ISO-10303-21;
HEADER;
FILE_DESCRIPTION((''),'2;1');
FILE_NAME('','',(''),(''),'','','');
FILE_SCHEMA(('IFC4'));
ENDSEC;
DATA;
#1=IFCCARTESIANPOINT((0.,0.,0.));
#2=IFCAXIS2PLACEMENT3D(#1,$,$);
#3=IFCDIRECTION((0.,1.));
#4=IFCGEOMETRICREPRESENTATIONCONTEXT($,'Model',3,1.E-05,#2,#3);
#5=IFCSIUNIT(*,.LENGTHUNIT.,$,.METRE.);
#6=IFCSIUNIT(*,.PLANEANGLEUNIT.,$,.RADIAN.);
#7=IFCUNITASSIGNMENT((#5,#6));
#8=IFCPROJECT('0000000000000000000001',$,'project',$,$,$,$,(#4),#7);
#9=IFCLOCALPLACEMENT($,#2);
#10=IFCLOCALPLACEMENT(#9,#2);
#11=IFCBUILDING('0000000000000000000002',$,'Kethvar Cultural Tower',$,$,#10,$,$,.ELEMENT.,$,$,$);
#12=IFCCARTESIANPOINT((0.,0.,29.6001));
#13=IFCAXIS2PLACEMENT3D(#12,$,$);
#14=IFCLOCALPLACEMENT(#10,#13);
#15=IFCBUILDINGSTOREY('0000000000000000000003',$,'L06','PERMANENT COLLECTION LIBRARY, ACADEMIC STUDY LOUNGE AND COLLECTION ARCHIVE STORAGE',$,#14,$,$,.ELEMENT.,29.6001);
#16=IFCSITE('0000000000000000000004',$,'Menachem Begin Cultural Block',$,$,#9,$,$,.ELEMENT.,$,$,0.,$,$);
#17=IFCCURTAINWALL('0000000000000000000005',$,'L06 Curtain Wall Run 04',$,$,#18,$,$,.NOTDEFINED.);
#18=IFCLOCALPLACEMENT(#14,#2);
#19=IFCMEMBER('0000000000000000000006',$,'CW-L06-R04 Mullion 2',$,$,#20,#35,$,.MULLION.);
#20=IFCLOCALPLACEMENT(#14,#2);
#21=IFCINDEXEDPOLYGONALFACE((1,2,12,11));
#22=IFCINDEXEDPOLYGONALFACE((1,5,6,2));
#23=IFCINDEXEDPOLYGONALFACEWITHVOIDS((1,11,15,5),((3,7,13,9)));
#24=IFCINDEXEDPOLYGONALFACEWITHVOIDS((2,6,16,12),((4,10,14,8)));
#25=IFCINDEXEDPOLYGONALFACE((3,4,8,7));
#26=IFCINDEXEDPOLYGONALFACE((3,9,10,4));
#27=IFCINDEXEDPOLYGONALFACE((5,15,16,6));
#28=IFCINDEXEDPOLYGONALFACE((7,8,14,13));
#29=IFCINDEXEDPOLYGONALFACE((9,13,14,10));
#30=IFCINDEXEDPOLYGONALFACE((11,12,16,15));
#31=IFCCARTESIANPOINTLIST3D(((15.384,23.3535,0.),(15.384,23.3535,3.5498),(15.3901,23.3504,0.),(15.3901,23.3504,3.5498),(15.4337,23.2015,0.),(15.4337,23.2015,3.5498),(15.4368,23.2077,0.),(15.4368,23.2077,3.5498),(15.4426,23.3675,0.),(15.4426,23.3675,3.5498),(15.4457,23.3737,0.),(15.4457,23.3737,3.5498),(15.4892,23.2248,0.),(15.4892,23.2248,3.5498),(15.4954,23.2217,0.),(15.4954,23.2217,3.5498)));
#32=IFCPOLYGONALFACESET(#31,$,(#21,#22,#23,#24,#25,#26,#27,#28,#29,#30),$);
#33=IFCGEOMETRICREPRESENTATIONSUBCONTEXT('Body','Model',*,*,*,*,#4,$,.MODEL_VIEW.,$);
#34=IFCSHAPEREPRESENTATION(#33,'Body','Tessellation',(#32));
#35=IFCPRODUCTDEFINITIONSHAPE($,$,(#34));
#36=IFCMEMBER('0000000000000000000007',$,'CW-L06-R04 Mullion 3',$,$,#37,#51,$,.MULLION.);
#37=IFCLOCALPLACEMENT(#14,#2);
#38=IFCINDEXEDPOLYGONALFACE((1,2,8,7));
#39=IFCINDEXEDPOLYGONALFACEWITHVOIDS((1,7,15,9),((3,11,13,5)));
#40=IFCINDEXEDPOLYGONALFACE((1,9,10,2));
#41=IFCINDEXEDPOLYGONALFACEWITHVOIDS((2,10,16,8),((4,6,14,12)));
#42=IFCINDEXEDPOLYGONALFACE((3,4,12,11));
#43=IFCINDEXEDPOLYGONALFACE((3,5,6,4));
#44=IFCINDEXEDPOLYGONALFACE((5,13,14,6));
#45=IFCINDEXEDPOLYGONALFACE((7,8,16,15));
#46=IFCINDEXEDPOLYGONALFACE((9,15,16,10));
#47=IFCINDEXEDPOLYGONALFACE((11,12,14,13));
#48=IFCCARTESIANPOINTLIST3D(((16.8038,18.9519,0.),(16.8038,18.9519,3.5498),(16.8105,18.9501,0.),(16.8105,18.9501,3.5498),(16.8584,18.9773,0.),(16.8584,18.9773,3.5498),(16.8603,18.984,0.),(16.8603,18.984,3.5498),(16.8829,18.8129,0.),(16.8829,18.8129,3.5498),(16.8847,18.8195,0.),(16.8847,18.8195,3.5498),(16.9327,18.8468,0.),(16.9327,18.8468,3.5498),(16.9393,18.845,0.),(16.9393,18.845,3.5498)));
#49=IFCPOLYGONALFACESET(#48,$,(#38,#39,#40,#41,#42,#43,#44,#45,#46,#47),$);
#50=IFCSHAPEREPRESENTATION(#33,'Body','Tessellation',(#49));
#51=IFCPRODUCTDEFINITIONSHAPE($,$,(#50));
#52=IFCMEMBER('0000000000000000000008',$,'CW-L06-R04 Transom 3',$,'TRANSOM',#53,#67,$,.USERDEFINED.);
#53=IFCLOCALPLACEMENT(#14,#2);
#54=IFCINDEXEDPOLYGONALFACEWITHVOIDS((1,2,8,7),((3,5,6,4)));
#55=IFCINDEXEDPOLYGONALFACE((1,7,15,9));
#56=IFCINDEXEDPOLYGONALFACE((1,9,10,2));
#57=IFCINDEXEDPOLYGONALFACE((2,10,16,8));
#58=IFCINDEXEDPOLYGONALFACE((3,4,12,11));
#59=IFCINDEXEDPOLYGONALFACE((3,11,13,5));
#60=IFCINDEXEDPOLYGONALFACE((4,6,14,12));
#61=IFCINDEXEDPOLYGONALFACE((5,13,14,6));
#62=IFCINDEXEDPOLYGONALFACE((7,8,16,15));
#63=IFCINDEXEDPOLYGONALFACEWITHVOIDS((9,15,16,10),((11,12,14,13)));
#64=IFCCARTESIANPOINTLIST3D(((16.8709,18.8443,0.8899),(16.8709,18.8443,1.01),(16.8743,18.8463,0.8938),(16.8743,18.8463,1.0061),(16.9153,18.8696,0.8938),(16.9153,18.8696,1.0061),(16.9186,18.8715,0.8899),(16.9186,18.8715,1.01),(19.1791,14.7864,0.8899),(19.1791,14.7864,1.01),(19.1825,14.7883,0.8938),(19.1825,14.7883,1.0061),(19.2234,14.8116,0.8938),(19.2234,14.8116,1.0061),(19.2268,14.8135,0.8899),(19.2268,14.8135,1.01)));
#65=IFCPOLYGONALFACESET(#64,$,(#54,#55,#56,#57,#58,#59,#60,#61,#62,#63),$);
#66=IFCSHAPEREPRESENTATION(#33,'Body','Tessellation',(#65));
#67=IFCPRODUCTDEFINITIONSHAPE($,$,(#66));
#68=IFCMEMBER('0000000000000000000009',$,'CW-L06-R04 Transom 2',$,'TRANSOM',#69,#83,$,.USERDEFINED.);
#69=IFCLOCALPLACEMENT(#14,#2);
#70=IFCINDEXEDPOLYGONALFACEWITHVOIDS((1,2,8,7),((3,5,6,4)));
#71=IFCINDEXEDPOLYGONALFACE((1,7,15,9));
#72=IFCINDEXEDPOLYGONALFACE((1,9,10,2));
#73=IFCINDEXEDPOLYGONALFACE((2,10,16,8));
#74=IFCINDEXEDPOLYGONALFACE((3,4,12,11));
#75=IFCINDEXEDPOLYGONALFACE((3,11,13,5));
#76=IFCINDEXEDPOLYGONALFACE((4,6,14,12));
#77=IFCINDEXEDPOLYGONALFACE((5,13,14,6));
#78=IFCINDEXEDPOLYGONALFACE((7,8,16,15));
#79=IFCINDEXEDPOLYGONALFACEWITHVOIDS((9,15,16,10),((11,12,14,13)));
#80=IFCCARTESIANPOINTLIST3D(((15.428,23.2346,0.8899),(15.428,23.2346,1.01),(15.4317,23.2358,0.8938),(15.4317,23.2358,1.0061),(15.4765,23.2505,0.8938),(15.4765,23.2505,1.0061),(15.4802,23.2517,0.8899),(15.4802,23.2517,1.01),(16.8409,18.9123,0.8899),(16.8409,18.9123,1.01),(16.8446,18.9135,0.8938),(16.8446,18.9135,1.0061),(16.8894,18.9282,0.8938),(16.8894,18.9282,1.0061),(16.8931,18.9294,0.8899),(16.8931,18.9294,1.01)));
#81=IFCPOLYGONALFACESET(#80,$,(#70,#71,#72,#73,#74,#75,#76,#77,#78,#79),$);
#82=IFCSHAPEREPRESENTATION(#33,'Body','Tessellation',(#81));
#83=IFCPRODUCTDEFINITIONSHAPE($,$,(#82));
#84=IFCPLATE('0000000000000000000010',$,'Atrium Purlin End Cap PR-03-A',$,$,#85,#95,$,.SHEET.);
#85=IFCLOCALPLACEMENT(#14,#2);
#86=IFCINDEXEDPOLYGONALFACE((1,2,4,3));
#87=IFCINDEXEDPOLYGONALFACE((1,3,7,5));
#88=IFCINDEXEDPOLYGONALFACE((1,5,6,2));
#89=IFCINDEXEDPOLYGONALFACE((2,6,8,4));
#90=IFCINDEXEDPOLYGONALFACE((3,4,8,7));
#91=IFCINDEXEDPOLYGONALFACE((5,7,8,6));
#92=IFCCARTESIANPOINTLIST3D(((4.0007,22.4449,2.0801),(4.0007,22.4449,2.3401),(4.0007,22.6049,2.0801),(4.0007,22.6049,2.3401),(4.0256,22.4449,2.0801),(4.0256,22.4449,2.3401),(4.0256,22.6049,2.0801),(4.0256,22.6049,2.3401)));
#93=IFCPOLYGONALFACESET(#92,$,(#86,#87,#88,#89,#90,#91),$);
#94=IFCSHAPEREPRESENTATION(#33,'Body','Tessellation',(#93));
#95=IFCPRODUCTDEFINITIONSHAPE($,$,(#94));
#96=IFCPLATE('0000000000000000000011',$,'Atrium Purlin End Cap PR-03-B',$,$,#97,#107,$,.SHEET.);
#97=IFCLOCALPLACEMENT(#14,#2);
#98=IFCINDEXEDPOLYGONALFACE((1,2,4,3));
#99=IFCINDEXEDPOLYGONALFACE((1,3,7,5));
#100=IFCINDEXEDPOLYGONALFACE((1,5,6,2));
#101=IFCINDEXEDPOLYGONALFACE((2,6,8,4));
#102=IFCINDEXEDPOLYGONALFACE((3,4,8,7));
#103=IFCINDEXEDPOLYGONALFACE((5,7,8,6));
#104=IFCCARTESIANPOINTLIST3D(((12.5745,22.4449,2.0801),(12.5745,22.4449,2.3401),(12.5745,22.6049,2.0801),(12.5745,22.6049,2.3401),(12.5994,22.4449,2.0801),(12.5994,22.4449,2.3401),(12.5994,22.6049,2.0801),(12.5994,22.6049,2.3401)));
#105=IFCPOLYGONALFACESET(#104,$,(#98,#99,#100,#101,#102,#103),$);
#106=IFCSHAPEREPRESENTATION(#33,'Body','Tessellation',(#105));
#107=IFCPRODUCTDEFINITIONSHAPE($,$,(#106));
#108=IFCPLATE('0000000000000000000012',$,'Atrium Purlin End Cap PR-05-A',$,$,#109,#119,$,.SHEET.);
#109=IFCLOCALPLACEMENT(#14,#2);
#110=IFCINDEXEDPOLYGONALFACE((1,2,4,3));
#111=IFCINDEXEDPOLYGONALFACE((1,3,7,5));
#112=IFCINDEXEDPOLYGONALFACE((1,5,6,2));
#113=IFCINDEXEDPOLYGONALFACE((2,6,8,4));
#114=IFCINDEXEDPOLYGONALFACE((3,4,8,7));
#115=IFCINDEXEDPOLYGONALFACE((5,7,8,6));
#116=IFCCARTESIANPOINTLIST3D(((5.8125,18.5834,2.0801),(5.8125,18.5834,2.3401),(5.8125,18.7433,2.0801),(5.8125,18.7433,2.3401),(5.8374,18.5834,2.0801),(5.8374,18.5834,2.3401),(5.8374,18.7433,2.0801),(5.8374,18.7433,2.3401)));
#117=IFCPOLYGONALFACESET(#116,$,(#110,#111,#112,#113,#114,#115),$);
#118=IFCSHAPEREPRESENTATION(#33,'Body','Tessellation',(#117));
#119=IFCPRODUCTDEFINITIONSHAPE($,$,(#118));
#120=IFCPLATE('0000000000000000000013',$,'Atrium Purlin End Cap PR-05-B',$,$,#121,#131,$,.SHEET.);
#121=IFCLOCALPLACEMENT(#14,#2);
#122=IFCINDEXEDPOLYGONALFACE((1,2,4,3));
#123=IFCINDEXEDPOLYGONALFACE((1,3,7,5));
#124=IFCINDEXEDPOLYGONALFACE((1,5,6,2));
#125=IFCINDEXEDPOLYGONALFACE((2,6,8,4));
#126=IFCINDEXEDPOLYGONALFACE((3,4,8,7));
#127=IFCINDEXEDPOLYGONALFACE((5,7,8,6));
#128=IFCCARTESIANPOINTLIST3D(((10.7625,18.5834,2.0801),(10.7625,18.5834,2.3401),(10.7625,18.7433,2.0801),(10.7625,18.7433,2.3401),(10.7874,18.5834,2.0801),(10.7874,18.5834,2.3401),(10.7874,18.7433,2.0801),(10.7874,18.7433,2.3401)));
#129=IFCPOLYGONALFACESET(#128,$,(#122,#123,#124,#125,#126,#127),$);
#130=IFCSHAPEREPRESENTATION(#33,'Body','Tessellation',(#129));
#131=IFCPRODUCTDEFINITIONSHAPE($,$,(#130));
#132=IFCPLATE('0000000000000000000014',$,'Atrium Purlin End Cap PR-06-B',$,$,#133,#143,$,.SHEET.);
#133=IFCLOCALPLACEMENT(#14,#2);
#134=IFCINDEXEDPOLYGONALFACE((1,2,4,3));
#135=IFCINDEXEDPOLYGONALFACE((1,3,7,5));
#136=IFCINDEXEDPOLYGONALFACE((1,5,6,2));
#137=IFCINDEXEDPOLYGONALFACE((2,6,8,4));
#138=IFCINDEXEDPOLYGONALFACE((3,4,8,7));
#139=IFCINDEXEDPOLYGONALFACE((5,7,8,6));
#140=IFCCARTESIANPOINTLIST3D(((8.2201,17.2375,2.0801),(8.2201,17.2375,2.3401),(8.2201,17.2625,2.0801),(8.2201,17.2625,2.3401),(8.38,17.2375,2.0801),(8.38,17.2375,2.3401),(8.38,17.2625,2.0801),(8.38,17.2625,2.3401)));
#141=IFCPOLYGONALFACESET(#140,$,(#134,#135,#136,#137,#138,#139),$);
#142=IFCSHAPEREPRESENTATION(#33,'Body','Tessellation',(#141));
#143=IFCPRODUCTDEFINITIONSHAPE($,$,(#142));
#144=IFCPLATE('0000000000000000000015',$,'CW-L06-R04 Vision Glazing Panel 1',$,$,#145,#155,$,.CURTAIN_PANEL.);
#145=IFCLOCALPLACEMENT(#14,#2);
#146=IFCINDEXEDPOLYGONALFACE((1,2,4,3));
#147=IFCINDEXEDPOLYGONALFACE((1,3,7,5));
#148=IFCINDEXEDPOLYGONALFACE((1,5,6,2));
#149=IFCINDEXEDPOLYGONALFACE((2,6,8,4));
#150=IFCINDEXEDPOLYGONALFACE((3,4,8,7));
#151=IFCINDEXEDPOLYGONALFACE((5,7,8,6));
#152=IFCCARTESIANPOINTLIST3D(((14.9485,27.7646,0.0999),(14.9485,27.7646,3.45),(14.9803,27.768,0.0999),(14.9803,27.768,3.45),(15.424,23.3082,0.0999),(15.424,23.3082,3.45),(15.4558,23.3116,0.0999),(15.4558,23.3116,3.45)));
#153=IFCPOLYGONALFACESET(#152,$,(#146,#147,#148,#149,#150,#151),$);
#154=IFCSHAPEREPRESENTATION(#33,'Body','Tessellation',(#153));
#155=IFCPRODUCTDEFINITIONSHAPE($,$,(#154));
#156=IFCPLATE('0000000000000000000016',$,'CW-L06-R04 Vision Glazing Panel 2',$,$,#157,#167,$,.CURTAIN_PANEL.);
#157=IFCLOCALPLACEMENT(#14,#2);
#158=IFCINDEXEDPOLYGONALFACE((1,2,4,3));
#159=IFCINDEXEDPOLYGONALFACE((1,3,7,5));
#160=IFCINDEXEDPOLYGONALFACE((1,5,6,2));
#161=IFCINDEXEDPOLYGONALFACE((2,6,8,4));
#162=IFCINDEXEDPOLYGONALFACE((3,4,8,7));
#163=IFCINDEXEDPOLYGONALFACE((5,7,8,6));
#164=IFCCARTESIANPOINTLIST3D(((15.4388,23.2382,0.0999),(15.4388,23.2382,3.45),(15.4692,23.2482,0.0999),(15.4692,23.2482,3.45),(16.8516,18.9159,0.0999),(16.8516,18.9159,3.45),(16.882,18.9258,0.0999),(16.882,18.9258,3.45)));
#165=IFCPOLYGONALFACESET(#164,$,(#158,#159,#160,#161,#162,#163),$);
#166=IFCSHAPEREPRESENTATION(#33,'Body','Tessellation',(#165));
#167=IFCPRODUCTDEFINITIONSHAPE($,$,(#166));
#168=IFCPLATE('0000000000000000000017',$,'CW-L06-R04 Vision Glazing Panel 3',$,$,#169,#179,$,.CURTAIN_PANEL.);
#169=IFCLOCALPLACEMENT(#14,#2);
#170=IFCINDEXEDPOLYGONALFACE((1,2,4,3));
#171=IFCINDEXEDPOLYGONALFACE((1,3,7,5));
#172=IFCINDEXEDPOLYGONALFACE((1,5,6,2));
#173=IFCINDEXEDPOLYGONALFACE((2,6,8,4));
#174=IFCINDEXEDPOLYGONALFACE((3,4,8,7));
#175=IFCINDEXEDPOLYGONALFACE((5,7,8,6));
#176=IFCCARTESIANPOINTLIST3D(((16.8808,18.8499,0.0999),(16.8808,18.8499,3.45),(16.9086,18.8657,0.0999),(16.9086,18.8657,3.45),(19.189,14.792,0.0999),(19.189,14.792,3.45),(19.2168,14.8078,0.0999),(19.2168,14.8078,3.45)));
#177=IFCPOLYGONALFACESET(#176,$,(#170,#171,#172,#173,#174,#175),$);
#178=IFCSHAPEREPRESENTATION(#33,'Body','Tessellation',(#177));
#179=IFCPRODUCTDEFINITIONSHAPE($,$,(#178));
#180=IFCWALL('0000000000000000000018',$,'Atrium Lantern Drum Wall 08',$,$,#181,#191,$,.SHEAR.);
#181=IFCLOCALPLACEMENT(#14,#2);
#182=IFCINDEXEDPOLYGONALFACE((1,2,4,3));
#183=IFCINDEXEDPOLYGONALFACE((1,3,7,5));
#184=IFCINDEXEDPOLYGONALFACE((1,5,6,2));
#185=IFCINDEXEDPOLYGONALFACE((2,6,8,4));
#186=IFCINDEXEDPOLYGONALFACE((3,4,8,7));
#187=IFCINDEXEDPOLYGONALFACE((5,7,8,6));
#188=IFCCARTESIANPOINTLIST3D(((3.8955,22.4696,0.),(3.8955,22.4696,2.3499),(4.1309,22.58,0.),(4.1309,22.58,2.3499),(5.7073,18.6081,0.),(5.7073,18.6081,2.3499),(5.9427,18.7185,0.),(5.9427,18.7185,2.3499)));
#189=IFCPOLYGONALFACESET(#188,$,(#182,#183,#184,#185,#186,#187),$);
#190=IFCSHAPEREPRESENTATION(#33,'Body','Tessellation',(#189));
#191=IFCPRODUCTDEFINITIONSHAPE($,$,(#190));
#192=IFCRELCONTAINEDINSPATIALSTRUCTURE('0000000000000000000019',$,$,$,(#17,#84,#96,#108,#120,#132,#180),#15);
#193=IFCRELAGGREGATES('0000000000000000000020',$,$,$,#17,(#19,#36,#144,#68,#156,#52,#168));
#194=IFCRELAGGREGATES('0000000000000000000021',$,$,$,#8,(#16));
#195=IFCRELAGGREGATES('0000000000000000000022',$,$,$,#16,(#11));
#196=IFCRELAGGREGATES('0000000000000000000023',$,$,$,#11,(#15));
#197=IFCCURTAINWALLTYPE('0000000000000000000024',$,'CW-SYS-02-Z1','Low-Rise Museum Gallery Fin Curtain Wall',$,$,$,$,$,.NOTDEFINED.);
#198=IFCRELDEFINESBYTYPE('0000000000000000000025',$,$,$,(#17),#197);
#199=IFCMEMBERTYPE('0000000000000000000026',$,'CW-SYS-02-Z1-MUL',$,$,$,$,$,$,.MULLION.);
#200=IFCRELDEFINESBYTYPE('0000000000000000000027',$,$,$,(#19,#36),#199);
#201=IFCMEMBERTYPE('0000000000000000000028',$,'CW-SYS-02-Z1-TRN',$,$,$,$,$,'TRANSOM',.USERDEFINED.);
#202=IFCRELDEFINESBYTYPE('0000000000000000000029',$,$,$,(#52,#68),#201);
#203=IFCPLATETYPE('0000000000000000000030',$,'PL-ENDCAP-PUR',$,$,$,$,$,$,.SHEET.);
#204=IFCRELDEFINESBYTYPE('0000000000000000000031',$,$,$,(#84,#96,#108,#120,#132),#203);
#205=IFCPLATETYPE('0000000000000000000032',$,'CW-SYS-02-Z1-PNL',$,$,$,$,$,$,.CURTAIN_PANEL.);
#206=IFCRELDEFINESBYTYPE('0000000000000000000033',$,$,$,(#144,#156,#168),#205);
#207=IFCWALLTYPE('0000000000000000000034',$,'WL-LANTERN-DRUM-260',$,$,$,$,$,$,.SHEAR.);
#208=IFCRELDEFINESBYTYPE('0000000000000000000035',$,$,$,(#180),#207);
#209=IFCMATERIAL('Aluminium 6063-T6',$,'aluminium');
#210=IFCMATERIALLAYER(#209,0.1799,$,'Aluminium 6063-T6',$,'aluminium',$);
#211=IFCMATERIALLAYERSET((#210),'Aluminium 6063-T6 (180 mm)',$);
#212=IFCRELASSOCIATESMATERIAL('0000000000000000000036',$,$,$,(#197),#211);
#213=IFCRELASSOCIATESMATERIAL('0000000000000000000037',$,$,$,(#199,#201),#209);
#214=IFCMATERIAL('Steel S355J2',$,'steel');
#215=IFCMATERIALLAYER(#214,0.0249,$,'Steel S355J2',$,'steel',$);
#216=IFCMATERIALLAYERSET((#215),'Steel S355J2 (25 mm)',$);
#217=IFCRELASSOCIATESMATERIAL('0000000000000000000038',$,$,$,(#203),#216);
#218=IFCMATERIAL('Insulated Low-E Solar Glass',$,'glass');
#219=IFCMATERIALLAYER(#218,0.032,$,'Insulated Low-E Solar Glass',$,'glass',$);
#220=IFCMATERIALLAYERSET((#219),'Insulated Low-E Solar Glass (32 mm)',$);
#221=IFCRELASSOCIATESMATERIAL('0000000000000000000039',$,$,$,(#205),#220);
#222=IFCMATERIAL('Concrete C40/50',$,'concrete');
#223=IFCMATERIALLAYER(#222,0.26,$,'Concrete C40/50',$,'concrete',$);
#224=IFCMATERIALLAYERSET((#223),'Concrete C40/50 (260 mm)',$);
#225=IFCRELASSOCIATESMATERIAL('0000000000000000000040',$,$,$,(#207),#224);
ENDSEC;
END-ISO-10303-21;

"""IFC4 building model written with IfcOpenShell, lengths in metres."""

from ifc_helpers import new_model, si_unit, direction, frame, frame_2d, origin, origin_2d, place, context, subcontext, project, spatial, rectangle, hollow_rectangle, extrude, source, transform, mapped, material, layer, layer_set, material_profile, profile_set, type_object, element, aggregate, save


model = new_model("IFC4")

# Units and contexts
model_context = context("Model", 3, precision=1e-05, world=origin(), true_north=direction((0.0, 1.0)))
body_context = subcontext(model_context, "Body", "Model", "MODEL_VIEW")
ifc_project = project(units=[si_unit("LENGTHUNIT", "METRE"), si_unit("PLANEANGLEUNIT", "RADIAN")], contexts=[model_context])

# Site, building, storey
site_placement = place(None, origin())
site = spatial("IfcSite", under=ifc_project, at=site_placement, Name="Menachem Begin Cultural Block", CompositionType="ELEMENT", RefElevation=0.0)
building_placement = place(site_placement, origin())
building = spatial("IfcBuilding", under=site, at=building_placement, Name="Kethvar Cultural Tower", CompositionType="ELEMENT")
storey_placement = place(building_placement, frame((0.0, 0.0, 29.6001)))
storey = spatial("IfcBuildingStorey", under=building, at=storey_placement, Name="L06", Description="PERMANENT COLLECTION LIBRARY, ACADEMIC STUDY LOUNGE AND COLLECTION ARCHIVE STORAGE", CompositionType="ELEMENT", Elevation=29.6001)

# Shared definitions
ifc_material_1 = material(Name="Steel S355J2", Category="steel")

# Curtain wall, members
ifc_material_2 = material(Name="Aluminium 6063-T6", Category="aluminium")
ifc_layer_1 = layer(ifc_material_2, 0.1799, Name="Aluminium 6063-T6", Category="aluminium")
ifc_layer_set_1 = layer_set([ifc_layer_1], Name="Aluminium 6063-T6 (180 mm)")
curtain_wall_type = type_object("IfcCurtainWallType", Name="CW-SYS-02-Z1", Description="Low-Rise Museum Gallery Fin Curtain Wall", PredefinedType="NOTDEFINED", material=ifc_layer_set_1)
curtain_wall_placement = place(storey_placement, origin())
curtain_wall = element("IfcCurtainWall", 1, at=curtain_wall_placement, inside=storey, type_object=curtain_wall_type, Name="L06 Curtain Wall Run 04", PredefinedType="NOTDEFINED")
ifc_material_profile_1 = material_profile(ifc_material_2, hollow_rectangle(XDim=0.0649, YDim=0.1599, WallThickness=0.0049, at=origin_2d()), Name="Aluminium 6063-T6 — RHS160x65x5")
ifc_profile_set_1 = profile_set([ifc_material_profile_1], Name="Aluminium 6063-T6 — RHS160x65x5")
member_type_1 = type_object("IfcMemberType", Name="CW-SYS-02-Z1-MUL", PredefinedType="MULLION", material=ifc_profile_set_1)
shared_shape_1 = source(origin(), body_context, "Body", "SweptSolid", [
    extrude(hollow_rectangle(XDim=0.0649, YDim=0.1599, WallThickness=0.0049, at=origin_2d()), origin(), (0.0, 0.0, 1.0), 3.5498),
])
member_1_placement = place(storey_placement, frame((15.4397, 23.2876, 0.0), z_axis=(0.0, 0.0, 1.0), x_axis=(0.95051, 0.310693, 0.0)))
member_1 = element("IfcMember", 2, at=member_1_placement, type_object=member_type_1, Name="CW-L06-R04 Mullion 2", PredefinedType="MULLION", context=body_context, shape_type="MappedRepresentation", body=[
    mapped(shared_shape_1, transform((0.0, 0.0, 0.0), scale=1.0)),
])
member_2_placement = place(storey_placement, frame((16.8716, 18.8984, 0.0), z_axis=(0.0, 0.0, 1.0), x_axis=(0.869219, 0.494427, 0.0)))
member_2 = element("IfcMember", 3, at=member_2_placement, type_object=member_type_1, Name="CW-L06-R04 Mullion 3", PredefinedType="MULLION", context=body_context, shape_type="MappedRepresentation", body=[
    mapped(shared_shape_1, transform((0.0, 0.0, 0.0), scale=1.0)),
])
ifc_material_profile_2 = material_profile(ifc_material_2, hollow_rectangle(XDim=0.0549, YDim=0.1201, WallThickness=0.0039, at=origin_2d()), Name="Aluminium 6063-T6 — RHS120x55x4")
ifc_profile_set_2 = profile_set([ifc_material_profile_2], Name="Aluminium 6063-T6 — RHS120x55x4")
member_type_2 = type_object("IfcMemberType", Name="CW-SYS-02-Z1-TRN", ElementType="TRANSOM", PredefinedType="USERDEFINED", material=ifc_profile_set_2)
shared_shape_2 = source(origin(), body_context, "Body", "SweptSolid", [
    extrude(hollow_rectangle(XDim=0.0549, YDim=0.1201, WallThickness=0.0039, at=origin_2d()), origin(), (0.0, 0.0, 1.0), 4.6685),
])
member_3_placement = place(storey_placement, frame((16.8948, 18.8579, 0.95), z_axis=(0.494415, -0.869226, 0.0), x_axis=(0.869226, 0.494415, 0.0)))
member_3 = element("IfcMember", 4, at=member_3_placement, type_object=member_type_2, Name="CW-L06-R04 Transom 3", ObjectType="TRANSOM", PredefinedType="USERDEFINED", context=body_context, shape_type="MappedRepresentation", body=[
    mapped(shared_shape_2, transform((0.0, 0.0, 0.0), scale=1.0)),
])
shared_shape_3 = source(origin(), body_context, "Body", "SweptSolid", [
    extrude(hollow_rectangle(XDim=0.0549, YDim=0.1201, WallThickness=0.0039, at=origin_2d()), origin(), (0.0, 0.0, 1.0), 4.5474),
])
member_4_placement = place(storey_placement, frame((15.4541, 23.2432, 0.95), z_axis=(0.310698, -0.950509, 0.0), x_axis=(0.950509, 0.310698, 0.0)))
member_4 = element("IfcMember", 5, at=member_4_placement, type_object=member_type_2, Name="CW-L06-R04 Transom 2", ObjectType="TRANSOM", PredefinedType="USERDEFINED", context=body_context, shape_type="MappedRepresentation", body=[
    mapped(shared_shape_3, transform((0.0, 0.0, 0.0), scale=1.0)),
])

# Plates
ifc_layer_2 = layer(ifc_material_1, 0.0249, Name="Steel S355J2", Category="steel")
ifc_layer_set_2 = layer_set([ifc_layer_2], Name="Steel S355J2 (25 mm)")
plate_type_1 = type_object("IfcPlateType", Name="PL-ENDCAP-PUR", PredefinedType="SHEET", material=ifc_layer_set_2)
shared_shape_4 = source(origin(), body_context, "Body", "SweptSolid", [
    extrude(rectangle(XDim=0.0249, YDim=0.1599, at=origin_2d()), origin(), (0.0, 0.0, 1.0), 0.26),
])
for number, where, z_axis, x_axis, name in (
    (6, (4.0132, 22.5249, 2.0801), (0.0, 0.0, 1.0), (1.0, 0.0, 0.0), "Atrium Purlin End Cap PR-03-A"),
    (7, (12.5869, 22.5249, 2.0801), (0.0, 0.0, 1.0), (1.0, 0.0, 0.0), "Atrium Purlin End Cap PR-03-B"),
    (8, (5.825, 18.6633, 2.0801), (0.0, 0.0, 1.0), (1.0, 0.0, 0.0), "Atrium Purlin End Cap PR-05-A"),
    (9, (10.7749, 18.6633, 2.0801), (0.0, 0.0, 1.0), (1.0, 0.0, 0.0), "Atrium Purlin End Cap PR-05-B"),
    (10, (8.3, 17.25, 2.0801), (0.0, 0.0, 1.0), (0.0, -1.0, 0.0), "Atrium Purlin End Cap PR-06-B"),
):
    element("IfcPlate", number, at=place(storey_placement, frame(where, z_axis=z_axis, x_axis=x_axis)), inside=storey, type_object=plate_type_1, Name=name, PredefinedType="SHEET", context=body_context, shape_type="MappedRepresentation", body=[
        mapped(shared_shape_4, transform((0.0, 0.0, 0.0), scale=1.0)),
    ])

# Plates
ifc_material_3 = material(Name="Insulated Low-E Solar Glass", Category="glass")
ifc_layer_3 = layer(ifc_material_3, 0.032, Name="Insulated Low-E Solar Glass", Category="glass")
ifc_layer_set_3 = layer_set([ifc_layer_3], Name="Insulated Low-E Solar Glass (32 mm)")
plate_type_2 = type_object("IfcPlateType", Name="CW-SYS-02-Z1-PNL", PredefinedType="CURTAIN_PANEL", material=ifc_layer_set_3)
shared_shape_5 = source(origin(), body_context, "Body", "SweptSolid", [
    extrude(rectangle(XDim=4.4817, YDim=0.032, at=origin_2d()), origin(), (0.0, 0.0, 1.0), 3.3501),
])
plate_1_placement = place(storey_placement, frame((15.2021, 25.5381, 0.0999), z_axis=(0.0, 0.0, 1.0), x_axis=(0.106108, -0.994355, 0.0)))
plate_1 = element("IfcPlate", 11, at=plate_1_placement, type_object=plate_type_2, Name="CW-L06-R04 Vision Glazing Panel 1", PredefinedType="CURTAIN_PANEL", context=body_context, shape_type="MappedRepresentation", body=[
    mapped(shared_shape_5, transform((0.0, 0.0, 0.0), scale=1.0)),
])
shared_shape_6 = source(origin(), body_context, "Body", "SweptSolid", [
    extrude(rectangle(XDim=4.5474, YDim=0.032, at=origin_2d()), origin(), (0.0, 0.0, 1.0), 3.3501),
])
plate_2_placement = place(storey_placement, frame((16.1604, 21.082, 0.0999), z_axis=(0.0, 0.0, 1.0), x_axis=(0.310693, -0.95051, 0.0)))
plate_2 = element("IfcPlate", 12, at=plate_2_placement, type_object=plate_type_2, Name="CW-L06-R04 Vision Glazing Panel 2", PredefinedType="CURTAIN_PANEL", context=body_context, shape_type="MappedRepresentation", body=[
    mapped(shared_shape_6, transform((0.0, 0.0, 0.0), scale=1.0)),
])
shared_shape_7 = source(origin(), body_context, "Body", "SweptSolid", [
    extrude(rectangle(XDim=4.6685, YDim=0.032, at=origin_2d()), origin(), (0.0, 0.0, 1.0), 3.3501),
])
plate_3_placement = place(storey_placement, frame((18.0488, 16.8289, 0.0999), z_axis=(0.0, 0.0, 1.0), x_axis=(0.494427, -0.869219, 0.0)))
plate_3 = element("IfcPlate", 13, at=plate_3_placement, type_object=plate_type_2, Name="CW-L06-R04 Vision Glazing Panel 3", PredefinedType="CURTAIN_PANEL", context=body_context, shape_type="MappedRepresentation", body=[
    mapped(shared_shape_7, transform((0.0, 0.0, 0.0), scale=1.0)),
])
aggregate(curtain_wall, [member_1, member_2, plate_1, member_4, plate_2, member_3, plate_3])

# Wall
ifc_material_4 = material(Name="Concrete C40/50", Category="concrete")
ifc_layer_4 = layer(ifc_material_4, 0.26, Name="Concrete C40/50", Category="concrete")
ifc_layer_set_4 = layer_set([ifc_layer_4], Name="Concrete C40/50 (260 mm)")
wall_type = type_object("IfcWallType", Name="WL-LANTERN-DRUM-260", PredefinedType="SHEAR", material=ifc_layer_set_4)
wall_1_placement = place(storey_placement, frame((4.0132, 22.5249, 0.0), z_axis=(0.0, 0.0, 1.0), x_axis=(0.424752, -0.90531, 0.0)))
element("IfcWall", 14, at=wall_1_placement, inside=storey, type_object=wall_type, Name="Atrium Lantern Drum Wall 08", PredefinedType="SHEAR", context=body_context, shape_type="SweptSolid", body=[
    extrude(rectangle(XDim=4.2654, YDim=0.26, at=frame_2d((2.1328, 0.0))), origin(), (0.0, 0.0, 1.0), 2.3499),
])

save(model, "model.ifc")
